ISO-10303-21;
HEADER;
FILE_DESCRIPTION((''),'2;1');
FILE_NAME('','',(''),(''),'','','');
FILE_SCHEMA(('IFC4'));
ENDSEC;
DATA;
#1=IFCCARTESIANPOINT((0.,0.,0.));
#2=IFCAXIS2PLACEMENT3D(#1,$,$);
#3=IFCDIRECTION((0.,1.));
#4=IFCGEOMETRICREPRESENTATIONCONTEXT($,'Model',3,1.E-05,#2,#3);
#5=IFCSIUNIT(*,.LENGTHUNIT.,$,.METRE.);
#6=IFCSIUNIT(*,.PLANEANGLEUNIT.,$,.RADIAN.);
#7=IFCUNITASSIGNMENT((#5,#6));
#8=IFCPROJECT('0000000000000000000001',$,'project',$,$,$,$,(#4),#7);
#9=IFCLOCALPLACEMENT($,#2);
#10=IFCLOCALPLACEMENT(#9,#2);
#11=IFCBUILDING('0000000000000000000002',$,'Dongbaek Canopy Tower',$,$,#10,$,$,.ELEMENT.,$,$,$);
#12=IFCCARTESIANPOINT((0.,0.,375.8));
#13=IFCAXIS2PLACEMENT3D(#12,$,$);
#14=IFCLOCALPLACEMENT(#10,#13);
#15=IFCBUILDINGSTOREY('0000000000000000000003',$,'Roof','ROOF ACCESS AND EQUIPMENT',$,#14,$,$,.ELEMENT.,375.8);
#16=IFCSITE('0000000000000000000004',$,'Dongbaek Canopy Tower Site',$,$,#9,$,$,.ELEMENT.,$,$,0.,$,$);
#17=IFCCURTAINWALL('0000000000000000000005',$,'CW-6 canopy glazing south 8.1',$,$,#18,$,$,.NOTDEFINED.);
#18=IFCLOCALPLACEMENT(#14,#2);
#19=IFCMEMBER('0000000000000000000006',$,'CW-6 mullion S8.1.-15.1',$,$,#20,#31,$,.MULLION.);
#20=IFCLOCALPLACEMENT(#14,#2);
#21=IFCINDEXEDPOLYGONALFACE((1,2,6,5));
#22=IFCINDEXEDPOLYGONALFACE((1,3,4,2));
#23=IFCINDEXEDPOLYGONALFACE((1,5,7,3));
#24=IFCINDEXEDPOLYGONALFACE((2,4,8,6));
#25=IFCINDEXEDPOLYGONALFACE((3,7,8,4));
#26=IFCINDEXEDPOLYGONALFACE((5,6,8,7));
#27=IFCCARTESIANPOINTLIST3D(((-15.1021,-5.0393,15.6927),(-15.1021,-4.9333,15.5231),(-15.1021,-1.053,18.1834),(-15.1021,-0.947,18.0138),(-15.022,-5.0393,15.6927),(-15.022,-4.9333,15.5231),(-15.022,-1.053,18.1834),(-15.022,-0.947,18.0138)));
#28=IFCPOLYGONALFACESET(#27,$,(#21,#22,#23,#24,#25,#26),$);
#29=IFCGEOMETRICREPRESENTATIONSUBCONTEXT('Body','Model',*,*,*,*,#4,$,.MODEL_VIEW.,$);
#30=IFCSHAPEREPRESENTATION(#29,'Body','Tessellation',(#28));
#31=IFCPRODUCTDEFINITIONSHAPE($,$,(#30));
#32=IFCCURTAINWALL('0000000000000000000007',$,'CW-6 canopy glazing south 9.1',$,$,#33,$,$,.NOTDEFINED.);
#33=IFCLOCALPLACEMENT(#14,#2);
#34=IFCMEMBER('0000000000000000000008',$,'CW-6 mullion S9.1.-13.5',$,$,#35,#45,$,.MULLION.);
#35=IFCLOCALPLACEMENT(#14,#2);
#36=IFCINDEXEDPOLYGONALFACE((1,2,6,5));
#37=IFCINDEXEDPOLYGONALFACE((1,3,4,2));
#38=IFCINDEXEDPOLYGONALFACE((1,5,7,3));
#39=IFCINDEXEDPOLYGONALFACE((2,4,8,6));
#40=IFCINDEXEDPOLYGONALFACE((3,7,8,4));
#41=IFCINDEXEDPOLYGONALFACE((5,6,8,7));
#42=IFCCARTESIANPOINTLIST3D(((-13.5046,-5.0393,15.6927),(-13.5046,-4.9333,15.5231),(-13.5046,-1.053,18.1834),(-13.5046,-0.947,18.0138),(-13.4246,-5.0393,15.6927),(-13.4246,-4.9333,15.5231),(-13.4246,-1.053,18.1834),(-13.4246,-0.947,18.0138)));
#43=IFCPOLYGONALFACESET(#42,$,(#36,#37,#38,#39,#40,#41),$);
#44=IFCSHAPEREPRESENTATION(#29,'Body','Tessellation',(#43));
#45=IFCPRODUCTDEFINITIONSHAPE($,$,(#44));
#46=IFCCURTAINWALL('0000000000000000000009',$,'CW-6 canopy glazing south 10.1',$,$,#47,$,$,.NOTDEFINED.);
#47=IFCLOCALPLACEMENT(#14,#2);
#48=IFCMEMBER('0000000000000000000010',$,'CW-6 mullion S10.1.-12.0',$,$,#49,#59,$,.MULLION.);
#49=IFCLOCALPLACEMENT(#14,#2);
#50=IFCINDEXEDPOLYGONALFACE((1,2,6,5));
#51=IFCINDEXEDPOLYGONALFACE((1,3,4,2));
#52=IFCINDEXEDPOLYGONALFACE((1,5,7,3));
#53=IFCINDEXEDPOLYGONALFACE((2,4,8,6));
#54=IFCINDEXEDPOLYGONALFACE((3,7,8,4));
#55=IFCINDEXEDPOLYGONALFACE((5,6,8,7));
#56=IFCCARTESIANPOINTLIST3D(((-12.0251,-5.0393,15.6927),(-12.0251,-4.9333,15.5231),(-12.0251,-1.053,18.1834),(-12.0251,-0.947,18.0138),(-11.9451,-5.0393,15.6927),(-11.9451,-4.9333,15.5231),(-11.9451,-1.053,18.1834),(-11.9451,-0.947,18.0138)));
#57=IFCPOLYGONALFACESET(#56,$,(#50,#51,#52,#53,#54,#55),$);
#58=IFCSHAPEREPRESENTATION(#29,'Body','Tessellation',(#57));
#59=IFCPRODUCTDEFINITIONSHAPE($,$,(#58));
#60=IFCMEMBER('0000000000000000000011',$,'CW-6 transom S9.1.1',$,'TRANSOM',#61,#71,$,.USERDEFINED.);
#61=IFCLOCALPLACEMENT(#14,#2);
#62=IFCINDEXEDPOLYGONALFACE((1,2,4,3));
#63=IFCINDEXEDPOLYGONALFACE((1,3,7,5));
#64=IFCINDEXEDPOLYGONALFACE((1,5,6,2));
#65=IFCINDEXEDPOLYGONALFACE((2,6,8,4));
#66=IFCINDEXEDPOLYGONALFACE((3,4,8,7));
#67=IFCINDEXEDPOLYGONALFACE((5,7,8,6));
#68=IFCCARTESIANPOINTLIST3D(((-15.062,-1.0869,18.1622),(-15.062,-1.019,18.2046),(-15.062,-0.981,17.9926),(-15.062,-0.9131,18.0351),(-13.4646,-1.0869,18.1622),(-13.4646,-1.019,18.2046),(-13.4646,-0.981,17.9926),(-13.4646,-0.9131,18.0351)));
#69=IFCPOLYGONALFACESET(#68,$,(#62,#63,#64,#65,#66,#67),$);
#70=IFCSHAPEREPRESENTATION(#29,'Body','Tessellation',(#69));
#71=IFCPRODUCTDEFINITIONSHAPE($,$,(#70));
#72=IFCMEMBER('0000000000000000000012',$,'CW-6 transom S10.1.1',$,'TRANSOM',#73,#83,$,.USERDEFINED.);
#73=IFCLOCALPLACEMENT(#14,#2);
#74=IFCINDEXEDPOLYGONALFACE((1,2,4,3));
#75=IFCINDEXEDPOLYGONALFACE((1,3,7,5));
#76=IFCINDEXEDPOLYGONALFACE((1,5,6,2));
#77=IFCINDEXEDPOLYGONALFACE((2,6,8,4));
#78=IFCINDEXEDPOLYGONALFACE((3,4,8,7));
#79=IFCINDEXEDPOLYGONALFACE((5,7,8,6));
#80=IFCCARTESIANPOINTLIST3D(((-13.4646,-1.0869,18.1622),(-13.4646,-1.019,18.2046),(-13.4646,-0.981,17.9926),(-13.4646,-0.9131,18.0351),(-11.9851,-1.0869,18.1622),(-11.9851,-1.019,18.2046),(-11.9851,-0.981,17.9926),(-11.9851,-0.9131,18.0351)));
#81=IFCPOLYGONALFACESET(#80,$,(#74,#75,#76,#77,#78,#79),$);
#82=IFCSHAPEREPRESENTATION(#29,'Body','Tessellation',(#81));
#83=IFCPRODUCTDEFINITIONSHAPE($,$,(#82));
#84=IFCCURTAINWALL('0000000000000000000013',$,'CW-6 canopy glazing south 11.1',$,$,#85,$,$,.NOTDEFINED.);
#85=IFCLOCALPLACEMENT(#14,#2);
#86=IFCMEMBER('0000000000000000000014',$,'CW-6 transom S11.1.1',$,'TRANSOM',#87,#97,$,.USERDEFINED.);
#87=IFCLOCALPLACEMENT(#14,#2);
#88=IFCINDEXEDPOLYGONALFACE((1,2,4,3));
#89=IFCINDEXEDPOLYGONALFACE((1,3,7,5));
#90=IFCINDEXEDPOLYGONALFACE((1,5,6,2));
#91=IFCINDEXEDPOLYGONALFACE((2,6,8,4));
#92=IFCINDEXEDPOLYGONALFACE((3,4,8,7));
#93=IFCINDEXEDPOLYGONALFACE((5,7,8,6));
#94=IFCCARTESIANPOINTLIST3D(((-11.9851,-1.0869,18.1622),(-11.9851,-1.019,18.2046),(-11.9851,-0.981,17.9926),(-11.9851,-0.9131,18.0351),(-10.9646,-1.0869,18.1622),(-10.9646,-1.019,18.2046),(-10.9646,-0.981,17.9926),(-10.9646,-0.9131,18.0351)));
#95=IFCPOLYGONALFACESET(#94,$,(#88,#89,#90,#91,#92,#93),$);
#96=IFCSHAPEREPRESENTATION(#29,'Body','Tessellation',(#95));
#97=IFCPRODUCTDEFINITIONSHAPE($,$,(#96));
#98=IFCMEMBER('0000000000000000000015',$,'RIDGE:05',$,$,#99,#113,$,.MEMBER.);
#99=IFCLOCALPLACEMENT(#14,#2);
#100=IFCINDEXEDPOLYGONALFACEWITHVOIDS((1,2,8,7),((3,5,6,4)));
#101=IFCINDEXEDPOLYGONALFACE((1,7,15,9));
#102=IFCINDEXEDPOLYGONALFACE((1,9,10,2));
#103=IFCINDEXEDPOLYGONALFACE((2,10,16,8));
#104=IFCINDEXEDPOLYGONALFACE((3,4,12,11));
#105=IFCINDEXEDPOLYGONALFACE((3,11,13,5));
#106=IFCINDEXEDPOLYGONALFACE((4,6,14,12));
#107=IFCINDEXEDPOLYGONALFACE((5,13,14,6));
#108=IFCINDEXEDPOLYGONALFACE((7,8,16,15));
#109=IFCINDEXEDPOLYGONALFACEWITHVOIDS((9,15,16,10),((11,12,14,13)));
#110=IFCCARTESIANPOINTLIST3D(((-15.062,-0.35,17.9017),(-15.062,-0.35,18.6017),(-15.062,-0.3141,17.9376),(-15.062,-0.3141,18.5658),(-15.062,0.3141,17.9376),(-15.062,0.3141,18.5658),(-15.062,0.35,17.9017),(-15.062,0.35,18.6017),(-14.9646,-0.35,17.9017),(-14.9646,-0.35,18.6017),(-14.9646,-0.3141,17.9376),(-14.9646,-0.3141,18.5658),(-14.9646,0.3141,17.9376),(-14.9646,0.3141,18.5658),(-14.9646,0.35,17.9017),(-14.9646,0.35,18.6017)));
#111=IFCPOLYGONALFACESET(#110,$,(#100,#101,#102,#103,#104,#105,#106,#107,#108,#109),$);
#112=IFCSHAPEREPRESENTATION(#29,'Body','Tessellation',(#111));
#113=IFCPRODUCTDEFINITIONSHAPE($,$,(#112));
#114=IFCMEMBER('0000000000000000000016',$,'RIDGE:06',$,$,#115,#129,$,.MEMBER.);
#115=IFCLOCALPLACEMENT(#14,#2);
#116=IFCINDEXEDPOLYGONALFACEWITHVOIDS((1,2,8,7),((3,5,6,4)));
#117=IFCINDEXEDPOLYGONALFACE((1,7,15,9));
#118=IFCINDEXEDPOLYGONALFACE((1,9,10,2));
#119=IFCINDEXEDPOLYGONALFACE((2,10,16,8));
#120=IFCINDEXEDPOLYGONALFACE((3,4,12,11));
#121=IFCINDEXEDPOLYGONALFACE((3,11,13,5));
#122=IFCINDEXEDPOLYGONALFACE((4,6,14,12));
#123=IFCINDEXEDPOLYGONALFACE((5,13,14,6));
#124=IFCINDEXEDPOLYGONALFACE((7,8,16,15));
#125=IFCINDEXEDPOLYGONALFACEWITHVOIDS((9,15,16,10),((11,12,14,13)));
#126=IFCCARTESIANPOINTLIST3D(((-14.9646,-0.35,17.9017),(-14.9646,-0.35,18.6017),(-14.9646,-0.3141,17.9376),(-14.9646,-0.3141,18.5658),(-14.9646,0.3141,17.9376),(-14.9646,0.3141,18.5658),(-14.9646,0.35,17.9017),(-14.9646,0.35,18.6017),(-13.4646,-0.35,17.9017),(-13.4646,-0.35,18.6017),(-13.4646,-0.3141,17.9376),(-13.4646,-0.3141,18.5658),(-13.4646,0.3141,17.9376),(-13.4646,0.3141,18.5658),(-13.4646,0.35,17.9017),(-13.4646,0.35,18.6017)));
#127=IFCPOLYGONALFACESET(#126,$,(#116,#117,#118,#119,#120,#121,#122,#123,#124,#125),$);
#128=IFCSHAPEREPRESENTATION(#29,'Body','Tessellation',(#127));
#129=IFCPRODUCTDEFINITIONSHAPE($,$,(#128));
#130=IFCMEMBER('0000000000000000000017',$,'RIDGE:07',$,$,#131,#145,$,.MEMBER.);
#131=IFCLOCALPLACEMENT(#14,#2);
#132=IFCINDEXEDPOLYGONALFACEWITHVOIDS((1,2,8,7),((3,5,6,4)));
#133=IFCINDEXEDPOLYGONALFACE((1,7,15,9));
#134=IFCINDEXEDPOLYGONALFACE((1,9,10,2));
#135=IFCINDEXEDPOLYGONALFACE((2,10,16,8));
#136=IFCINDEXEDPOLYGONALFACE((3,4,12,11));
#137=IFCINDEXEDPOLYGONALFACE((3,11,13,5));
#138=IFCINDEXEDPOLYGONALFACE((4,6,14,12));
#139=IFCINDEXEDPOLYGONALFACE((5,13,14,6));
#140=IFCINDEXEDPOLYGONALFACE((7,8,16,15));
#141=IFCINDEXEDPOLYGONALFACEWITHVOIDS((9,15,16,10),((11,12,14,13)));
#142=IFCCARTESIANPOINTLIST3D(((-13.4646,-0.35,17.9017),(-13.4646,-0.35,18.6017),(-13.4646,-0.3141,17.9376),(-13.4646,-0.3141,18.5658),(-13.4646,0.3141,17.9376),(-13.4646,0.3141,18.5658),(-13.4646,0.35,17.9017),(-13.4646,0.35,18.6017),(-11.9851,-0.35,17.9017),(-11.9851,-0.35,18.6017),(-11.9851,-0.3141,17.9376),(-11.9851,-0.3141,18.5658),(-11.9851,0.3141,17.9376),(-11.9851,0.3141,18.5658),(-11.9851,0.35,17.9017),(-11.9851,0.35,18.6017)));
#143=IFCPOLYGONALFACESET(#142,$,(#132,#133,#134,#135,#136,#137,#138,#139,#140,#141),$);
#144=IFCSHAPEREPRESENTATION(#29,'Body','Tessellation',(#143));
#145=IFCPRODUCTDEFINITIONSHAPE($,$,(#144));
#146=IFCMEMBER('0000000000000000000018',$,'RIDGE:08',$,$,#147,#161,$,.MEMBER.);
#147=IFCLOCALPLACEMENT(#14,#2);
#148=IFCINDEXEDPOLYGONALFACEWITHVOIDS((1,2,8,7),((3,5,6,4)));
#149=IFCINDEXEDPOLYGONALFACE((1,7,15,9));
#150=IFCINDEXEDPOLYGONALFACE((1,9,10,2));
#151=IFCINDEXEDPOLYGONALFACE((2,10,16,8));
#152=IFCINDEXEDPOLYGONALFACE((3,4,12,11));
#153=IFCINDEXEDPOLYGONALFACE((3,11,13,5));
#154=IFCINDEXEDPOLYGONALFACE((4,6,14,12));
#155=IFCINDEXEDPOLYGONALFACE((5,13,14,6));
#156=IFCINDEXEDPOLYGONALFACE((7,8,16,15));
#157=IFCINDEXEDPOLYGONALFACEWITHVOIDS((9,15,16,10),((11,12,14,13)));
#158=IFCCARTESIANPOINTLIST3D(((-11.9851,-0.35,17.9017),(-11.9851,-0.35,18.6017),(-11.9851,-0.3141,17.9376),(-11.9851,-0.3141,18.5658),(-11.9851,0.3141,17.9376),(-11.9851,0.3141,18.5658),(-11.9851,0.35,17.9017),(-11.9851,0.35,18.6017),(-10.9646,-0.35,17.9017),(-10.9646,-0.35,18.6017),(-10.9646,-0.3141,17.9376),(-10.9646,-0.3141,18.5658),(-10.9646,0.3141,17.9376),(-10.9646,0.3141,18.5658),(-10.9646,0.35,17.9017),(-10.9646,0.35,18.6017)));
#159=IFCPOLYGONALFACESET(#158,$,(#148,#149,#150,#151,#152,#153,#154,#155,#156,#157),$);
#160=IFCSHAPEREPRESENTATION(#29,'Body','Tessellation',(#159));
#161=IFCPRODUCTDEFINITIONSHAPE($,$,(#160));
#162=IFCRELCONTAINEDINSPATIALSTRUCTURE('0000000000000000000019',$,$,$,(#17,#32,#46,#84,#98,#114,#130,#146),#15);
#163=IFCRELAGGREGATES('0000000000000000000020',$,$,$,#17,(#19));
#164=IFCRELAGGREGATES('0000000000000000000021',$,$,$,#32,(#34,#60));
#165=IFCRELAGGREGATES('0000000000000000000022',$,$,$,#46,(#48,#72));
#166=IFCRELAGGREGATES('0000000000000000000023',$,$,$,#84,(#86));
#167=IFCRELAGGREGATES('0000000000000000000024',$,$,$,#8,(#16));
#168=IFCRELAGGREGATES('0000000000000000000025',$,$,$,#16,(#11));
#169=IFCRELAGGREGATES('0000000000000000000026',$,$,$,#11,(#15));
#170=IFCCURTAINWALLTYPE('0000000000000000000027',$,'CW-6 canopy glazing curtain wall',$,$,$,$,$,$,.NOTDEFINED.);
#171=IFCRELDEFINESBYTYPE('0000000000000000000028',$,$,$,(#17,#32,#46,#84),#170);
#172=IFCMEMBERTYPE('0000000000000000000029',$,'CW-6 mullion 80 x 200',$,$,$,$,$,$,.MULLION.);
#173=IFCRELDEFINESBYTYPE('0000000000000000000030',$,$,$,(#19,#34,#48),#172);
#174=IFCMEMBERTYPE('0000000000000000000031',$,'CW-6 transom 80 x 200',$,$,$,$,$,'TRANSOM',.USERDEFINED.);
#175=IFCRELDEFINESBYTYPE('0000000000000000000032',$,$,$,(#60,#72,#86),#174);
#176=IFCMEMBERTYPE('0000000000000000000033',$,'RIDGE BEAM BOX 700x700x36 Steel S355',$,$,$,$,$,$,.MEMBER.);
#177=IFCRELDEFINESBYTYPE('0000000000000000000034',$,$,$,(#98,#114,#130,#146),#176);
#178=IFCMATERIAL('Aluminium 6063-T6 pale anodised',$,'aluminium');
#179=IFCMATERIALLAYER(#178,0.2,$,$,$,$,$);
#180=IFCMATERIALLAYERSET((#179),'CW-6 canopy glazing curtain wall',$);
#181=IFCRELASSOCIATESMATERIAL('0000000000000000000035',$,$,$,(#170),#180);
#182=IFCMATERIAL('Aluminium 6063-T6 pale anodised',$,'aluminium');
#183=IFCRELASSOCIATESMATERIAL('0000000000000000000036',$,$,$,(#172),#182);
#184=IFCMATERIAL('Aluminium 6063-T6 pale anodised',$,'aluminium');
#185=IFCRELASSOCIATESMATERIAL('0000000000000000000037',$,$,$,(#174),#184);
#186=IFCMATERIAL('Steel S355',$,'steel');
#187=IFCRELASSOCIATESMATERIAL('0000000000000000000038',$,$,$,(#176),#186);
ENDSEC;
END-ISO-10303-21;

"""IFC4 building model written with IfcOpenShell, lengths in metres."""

from ifc_helpers import new_model, si_unit, direction, frame, origin, origin_2d, place, context, subcontext, project, spatial, rectangle, hollow_rectangle, extrude, material, layer, layer_set, material_profile, profile_set, type_object, element, aggregate, save


model = new_model("IFC4")

# Units and contexts
model_context = context("Model", 3, precision=1e-05, world=origin(), true_north=direction((0.0, 1.0)))
body_context = subcontext(model_context, "Body", "Model", "MODEL_VIEW")
ifc_project = project(units=[si_unit("LENGTHUNIT", "METRE"), si_unit("PLANEANGLEUNIT", "RADIAN")], contexts=[model_context])

# Site, building, storey
site_placement = place(None, origin())
site = spatial("IfcSite", under=ifc_project, at=site_placement, Name="Dongbaek Canopy Tower Site", CompositionType="ELEMENT", RefElevation=0.0)
building_placement = place(site_placement, origin())
building = spatial("IfcBuilding", under=site, at=building_placement, Name="Dongbaek Canopy Tower", CompositionType="ELEMENT")
storey_placement = place(building_placement, frame((0.0, 0.0, 375.8)))
storey = spatial("IfcBuildingStorey", under=building, at=storey_placement, Name="Roof", Description="ROOF ACCESS AND EQUIPMENT", CompositionType="ELEMENT", Elevation=375.8)

# Curtain walls, members
ifc_material_1 = material(Name="Aluminium 6063-T6 pale anodised", Category="aluminium")
ifc_layer_1 = layer(ifc_material_1, 0.2)
ifc_layer_set_1 = layer_set([ifc_layer_1], Name="CW-6 canopy glazing curtain wall")
curtain_wall_type = type_object("IfcCurtainWallType", Name="CW-6 canopy glazing curtain wall", PredefinedType="NOTDEFINED", material=ifc_layer_set_1)
curtain_wall_1_placement = place(storey_placement, origin())
curtain_wall_1 = element("IfcCurtainWall", 1, at=curtain_wall_1_placement, inside=storey, type_object=curtain_wall_type, Name="CW-6 canopy glazing south 8.1", PredefinedType="NOTDEFINED")
ifc_material_2 = material(Name="Aluminium 6063-T6 pale anodised", Category="aluminium")
ifc_material_profile_1 = material_profile(ifc_material_2, rectangle(XDim=0.0801, YDim=0.2, at=origin_2d()), Name="CW-6 mullion 80 x 200")
ifc_profile_set_1 = profile_set([ifc_material_profile_1], Name="Aluminium 6063-T6 pale anodised")
member_type_1 = type_object("IfcMemberType", Name="CW-6 mullion 80 x 200", PredefinedType="MULLION", material=ifc_profile_set_1)
member_1_placement = place(storey_placement, frame((-15.062, -1.0, 18.0986), z_axis=(0.0, -0.848068, -0.529887), x_axis=(1.0, 0.0, 0.0)))
member_1 = element("IfcMember", 2, at=member_1_placement, type_object=member_type_1, Name="CW-6 mullion S8.1.-15.1", PredefinedType="MULLION", context=body_context, shape_type="SweptSolid", body=[
    extrude(rectangle(XDim=0.0801, YDim=0.2, at=origin_2d()), origin(), (0.0, 0.0, 1.0), 4.7004),
])
aggregate(curtain_wall_1, [member_1])
curtain_wall_2_placement = place(storey_placement, origin())
curtain_wall_2 = element("IfcCurtainWall", 3, at=curtain_wall_2_placement, inside=storey, type_object=curtain_wall_type, Name="CW-6 canopy glazing south 9.1", PredefinedType="NOTDEFINED")
member_2_placement = place(storey_placement, frame((-13.4646, -1.0, 18.0986), z_axis=(0.0, -0.848068, -0.529887), x_axis=(1.0, 0.0, 0.0)))
member_2 = element("IfcMember", 4, at=member_2_placement, type_object=member_type_1, Name="CW-6 mullion S9.1.-13.5", PredefinedType="MULLION", context=body_context, shape_type="SweptSolid", body=[
    extrude(rectangle(XDim=0.0801, YDim=0.2, at=origin_2d()), origin(), (0.0, 0.0, 1.0), 4.7004),
])
curtain_wall_3_placement = place(storey_placement, origin())
curtain_wall_3 = element("IfcCurtainWall", 5, at=curtain_wall_3_placement, inside=storey, type_object=curtain_wall_type, Name="CW-6 canopy glazing south 10.1", PredefinedType="NOTDEFINED")
member_3_placement = place(storey_placement, frame((-11.9851, -1.0, 18.0986), z_axis=(0.0, -0.848068, -0.529887), x_axis=(1.0, 0.0, 0.0)))
member_3 = element("IfcMember", 6, at=member_3_placement, type_object=member_type_1, Name="CW-6 mullion S10.1.-12.0", PredefinedType="MULLION", context=body_context, shape_type="SweptSolid", body=[
    extrude(rectangle(XDim=0.0801, YDim=0.2, at=origin_2d()), origin(), (0.0, 0.0, 1.0), 4.7004),
])

# Members
ifc_material_3 = material(Name="Aluminium 6063-T6 pale anodised", Category="aluminium")
ifc_material_profile_2 = material_profile(ifc_material_3, rectangle(XDim=0.0801, YDim=0.2, at=origin_2d()), Name="CW-6 transom 80 x 200")
ifc_profile_set_2 = profile_set([ifc_material_profile_2], Name="Aluminium 6063-T6 pale anodised")
member_type_2 = type_object("IfcMemberType", Name="CW-6 transom 80 x 200", ElementType="TRANSOM", PredefinedType="USERDEFINED", material=ifc_profile_set_2)
member_4_placement = place(storey_placement, frame((-15.062, -1.0, 18.0986), z_axis=(1.0, 0.0, 0.0), x_axis=(0.0, 0.848048, 0.529919)))
member_4 = element("IfcMember", 7, at=member_4_placement, type_object=member_type_2, Name="CW-6 transom S9.1.1", ObjectType="TRANSOM", PredefinedType="USERDEFINED", context=body_context, shape_type="SweptSolid", body=[
    extrude(rectangle(XDim=0.0801, YDim=0.2, at=origin_2d()), origin(), (0.0, 0.0, 1.0), 1.5974),
])
aggregate(curtain_wall_2, [member_2, member_4])
member_5_placement = place(storey_placement, frame((-13.4646, -1.0, 18.0986), z_axis=(1.0, 0.0, 0.0), x_axis=(0.0, 0.848048, 0.529919)))
member_5 = element("IfcMember", 8, at=member_5_placement, type_object=member_type_2, Name="CW-6 transom S10.1.1", ObjectType="TRANSOM", PredefinedType="USERDEFINED", context=body_context, shape_type="SweptSolid", body=[
    extrude(rectangle(XDim=0.0801, YDim=0.2, at=origin_2d()), origin(), (0.0, 0.0, 1.0), 1.4795),
])
aggregate(curtain_wall_3, [member_3, member_5])

# Curtain wall, member
curtain_wall_4_placement = place(storey_placement, origin())
curtain_wall_4 = element("IfcCurtainWall", 9, at=curtain_wall_4_placement, inside=storey, type_object=curtain_wall_type, Name="CW-6 canopy glazing south 11.1", PredefinedType="NOTDEFINED")
member_6_placement = place(storey_placement, frame((-11.9851, -1.0, 18.0986), z_axis=(1.0, 0.0, 0.0), x_axis=(0.0, 0.848048, 0.529919)))
member_6 = element("IfcMember", 10, at=member_6_placement, type_object=member_type_2, Name="CW-6 transom S11.1.1", ObjectType="TRANSOM", PredefinedType="USERDEFINED", context=body_context, shape_type="SweptSolid", body=[
    extrude(rectangle(XDim=0.0801, YDim=0.2, at=origin_2d()), origin(), (0.0, 0.0, 1.0), 1.0205),
])
aggregate(curtain_wall_4, [member_6])

# Members
ifc_material_4 = material(Name="Steel S355", Category="steel")
ifc_material_profile_3 = material_profile(ifc_material_4, hollow_rectangle(XDim=0.7, YDim=0.7, WallThickness=0.0359, at=origin_2d()), Name="RIDGE BEAM BOX 700x700x36 Steel S355")
ifc_profile_set_3 = profile_set([ifc_material_profile_3], Name="Steel S355")
member_type_3 = type_object("IfcMemberType", Name="RIDGE BEAM BOX 700x700x36 Steel S355", PredefinedType="MEMBER", material=ifc_profile_set_3)
member_7_placement = place(storey_placement, frame((-15.062, 0.0, 18.2517), z_axis=(1.0, 0.0, 0.0), x_axis=(0.0, 1.0, 0.0)))
element("IfcMember", 11, at=member_7_placement, inside=storey, type_object=member_type_3, Name="RIDGE:05", PredefinedType="MEMBER", context=body_context, shape_type="SweptSolid", body=[
    extrude(hollow_rectangle(XDim=0.7, YDim=0.7, WallThickness=0.0359, at=origin_2d()), origin(), (0.0, 0.0, 1.0), 0.0974),
])
member_8_placement = place(storey_placement, frame((-14.9646, 0.0, 18.2517), z_axis=(1.0, 0.0, 0.0), x_axis=(0.0, 1.0, 0.0)))
element("IfcMember", 12, at=member_8_placement, inside=storey, type_object=member_type_3, Name="RIDGE:06", PredefinedType="MEMBER", context=body_context, shape_type="SweptSolid", body=[
    extrude(hollow_rectangle(XDim=0.7, YDim=0.7, WallThickness=0.0359, at=origin_2d()), origin(), (0.0, 0.0, 1.0), 1.5),
])
member_9_placement = place(storey_placement, frame((-13.4646, 0.0, 18.2517), z_axis=(1.0, 0.0, 0.0), x_axis=(0.0, 1.0, 0.0)))
element("IfcMember", 13, at=member_9_placement, inside=storey, type_object=member_type_3, Name="RIDGE:07", PredefinedType="MEMBER", context=body_context, shape_type="SweptSolid", body=[
    extrude(hollow_rectangle(XDim=0.7, YDim=0.7, WallThickness=0.0359, at=origin_2d()), origin(), (0.0, 0.0, 1.0), 1.4795),
])
member_10_placement = place(storey_placement, frame((-11.9851, 0.0, 18.2517), z_axis=(1.0, 0.0, 0.0), x_axis=(0.0, 1.0, 0.0)))
element("IfcMember", 14, at=member_10_placement, inside=storey, type_object=member_type_3, Name="RIDGE:08", PredefinedType="MEMBER", context=body_context, shape_type="SweptSolid", body=[
    extrude(hollow_rectangle(XDim=0.7, YDim=0.7, WallThickness=0.0359, at=origin_2d()), origin(), (0.0, 0.0, 1.0), 1.0205),
])

save(model, "model.ifc")
